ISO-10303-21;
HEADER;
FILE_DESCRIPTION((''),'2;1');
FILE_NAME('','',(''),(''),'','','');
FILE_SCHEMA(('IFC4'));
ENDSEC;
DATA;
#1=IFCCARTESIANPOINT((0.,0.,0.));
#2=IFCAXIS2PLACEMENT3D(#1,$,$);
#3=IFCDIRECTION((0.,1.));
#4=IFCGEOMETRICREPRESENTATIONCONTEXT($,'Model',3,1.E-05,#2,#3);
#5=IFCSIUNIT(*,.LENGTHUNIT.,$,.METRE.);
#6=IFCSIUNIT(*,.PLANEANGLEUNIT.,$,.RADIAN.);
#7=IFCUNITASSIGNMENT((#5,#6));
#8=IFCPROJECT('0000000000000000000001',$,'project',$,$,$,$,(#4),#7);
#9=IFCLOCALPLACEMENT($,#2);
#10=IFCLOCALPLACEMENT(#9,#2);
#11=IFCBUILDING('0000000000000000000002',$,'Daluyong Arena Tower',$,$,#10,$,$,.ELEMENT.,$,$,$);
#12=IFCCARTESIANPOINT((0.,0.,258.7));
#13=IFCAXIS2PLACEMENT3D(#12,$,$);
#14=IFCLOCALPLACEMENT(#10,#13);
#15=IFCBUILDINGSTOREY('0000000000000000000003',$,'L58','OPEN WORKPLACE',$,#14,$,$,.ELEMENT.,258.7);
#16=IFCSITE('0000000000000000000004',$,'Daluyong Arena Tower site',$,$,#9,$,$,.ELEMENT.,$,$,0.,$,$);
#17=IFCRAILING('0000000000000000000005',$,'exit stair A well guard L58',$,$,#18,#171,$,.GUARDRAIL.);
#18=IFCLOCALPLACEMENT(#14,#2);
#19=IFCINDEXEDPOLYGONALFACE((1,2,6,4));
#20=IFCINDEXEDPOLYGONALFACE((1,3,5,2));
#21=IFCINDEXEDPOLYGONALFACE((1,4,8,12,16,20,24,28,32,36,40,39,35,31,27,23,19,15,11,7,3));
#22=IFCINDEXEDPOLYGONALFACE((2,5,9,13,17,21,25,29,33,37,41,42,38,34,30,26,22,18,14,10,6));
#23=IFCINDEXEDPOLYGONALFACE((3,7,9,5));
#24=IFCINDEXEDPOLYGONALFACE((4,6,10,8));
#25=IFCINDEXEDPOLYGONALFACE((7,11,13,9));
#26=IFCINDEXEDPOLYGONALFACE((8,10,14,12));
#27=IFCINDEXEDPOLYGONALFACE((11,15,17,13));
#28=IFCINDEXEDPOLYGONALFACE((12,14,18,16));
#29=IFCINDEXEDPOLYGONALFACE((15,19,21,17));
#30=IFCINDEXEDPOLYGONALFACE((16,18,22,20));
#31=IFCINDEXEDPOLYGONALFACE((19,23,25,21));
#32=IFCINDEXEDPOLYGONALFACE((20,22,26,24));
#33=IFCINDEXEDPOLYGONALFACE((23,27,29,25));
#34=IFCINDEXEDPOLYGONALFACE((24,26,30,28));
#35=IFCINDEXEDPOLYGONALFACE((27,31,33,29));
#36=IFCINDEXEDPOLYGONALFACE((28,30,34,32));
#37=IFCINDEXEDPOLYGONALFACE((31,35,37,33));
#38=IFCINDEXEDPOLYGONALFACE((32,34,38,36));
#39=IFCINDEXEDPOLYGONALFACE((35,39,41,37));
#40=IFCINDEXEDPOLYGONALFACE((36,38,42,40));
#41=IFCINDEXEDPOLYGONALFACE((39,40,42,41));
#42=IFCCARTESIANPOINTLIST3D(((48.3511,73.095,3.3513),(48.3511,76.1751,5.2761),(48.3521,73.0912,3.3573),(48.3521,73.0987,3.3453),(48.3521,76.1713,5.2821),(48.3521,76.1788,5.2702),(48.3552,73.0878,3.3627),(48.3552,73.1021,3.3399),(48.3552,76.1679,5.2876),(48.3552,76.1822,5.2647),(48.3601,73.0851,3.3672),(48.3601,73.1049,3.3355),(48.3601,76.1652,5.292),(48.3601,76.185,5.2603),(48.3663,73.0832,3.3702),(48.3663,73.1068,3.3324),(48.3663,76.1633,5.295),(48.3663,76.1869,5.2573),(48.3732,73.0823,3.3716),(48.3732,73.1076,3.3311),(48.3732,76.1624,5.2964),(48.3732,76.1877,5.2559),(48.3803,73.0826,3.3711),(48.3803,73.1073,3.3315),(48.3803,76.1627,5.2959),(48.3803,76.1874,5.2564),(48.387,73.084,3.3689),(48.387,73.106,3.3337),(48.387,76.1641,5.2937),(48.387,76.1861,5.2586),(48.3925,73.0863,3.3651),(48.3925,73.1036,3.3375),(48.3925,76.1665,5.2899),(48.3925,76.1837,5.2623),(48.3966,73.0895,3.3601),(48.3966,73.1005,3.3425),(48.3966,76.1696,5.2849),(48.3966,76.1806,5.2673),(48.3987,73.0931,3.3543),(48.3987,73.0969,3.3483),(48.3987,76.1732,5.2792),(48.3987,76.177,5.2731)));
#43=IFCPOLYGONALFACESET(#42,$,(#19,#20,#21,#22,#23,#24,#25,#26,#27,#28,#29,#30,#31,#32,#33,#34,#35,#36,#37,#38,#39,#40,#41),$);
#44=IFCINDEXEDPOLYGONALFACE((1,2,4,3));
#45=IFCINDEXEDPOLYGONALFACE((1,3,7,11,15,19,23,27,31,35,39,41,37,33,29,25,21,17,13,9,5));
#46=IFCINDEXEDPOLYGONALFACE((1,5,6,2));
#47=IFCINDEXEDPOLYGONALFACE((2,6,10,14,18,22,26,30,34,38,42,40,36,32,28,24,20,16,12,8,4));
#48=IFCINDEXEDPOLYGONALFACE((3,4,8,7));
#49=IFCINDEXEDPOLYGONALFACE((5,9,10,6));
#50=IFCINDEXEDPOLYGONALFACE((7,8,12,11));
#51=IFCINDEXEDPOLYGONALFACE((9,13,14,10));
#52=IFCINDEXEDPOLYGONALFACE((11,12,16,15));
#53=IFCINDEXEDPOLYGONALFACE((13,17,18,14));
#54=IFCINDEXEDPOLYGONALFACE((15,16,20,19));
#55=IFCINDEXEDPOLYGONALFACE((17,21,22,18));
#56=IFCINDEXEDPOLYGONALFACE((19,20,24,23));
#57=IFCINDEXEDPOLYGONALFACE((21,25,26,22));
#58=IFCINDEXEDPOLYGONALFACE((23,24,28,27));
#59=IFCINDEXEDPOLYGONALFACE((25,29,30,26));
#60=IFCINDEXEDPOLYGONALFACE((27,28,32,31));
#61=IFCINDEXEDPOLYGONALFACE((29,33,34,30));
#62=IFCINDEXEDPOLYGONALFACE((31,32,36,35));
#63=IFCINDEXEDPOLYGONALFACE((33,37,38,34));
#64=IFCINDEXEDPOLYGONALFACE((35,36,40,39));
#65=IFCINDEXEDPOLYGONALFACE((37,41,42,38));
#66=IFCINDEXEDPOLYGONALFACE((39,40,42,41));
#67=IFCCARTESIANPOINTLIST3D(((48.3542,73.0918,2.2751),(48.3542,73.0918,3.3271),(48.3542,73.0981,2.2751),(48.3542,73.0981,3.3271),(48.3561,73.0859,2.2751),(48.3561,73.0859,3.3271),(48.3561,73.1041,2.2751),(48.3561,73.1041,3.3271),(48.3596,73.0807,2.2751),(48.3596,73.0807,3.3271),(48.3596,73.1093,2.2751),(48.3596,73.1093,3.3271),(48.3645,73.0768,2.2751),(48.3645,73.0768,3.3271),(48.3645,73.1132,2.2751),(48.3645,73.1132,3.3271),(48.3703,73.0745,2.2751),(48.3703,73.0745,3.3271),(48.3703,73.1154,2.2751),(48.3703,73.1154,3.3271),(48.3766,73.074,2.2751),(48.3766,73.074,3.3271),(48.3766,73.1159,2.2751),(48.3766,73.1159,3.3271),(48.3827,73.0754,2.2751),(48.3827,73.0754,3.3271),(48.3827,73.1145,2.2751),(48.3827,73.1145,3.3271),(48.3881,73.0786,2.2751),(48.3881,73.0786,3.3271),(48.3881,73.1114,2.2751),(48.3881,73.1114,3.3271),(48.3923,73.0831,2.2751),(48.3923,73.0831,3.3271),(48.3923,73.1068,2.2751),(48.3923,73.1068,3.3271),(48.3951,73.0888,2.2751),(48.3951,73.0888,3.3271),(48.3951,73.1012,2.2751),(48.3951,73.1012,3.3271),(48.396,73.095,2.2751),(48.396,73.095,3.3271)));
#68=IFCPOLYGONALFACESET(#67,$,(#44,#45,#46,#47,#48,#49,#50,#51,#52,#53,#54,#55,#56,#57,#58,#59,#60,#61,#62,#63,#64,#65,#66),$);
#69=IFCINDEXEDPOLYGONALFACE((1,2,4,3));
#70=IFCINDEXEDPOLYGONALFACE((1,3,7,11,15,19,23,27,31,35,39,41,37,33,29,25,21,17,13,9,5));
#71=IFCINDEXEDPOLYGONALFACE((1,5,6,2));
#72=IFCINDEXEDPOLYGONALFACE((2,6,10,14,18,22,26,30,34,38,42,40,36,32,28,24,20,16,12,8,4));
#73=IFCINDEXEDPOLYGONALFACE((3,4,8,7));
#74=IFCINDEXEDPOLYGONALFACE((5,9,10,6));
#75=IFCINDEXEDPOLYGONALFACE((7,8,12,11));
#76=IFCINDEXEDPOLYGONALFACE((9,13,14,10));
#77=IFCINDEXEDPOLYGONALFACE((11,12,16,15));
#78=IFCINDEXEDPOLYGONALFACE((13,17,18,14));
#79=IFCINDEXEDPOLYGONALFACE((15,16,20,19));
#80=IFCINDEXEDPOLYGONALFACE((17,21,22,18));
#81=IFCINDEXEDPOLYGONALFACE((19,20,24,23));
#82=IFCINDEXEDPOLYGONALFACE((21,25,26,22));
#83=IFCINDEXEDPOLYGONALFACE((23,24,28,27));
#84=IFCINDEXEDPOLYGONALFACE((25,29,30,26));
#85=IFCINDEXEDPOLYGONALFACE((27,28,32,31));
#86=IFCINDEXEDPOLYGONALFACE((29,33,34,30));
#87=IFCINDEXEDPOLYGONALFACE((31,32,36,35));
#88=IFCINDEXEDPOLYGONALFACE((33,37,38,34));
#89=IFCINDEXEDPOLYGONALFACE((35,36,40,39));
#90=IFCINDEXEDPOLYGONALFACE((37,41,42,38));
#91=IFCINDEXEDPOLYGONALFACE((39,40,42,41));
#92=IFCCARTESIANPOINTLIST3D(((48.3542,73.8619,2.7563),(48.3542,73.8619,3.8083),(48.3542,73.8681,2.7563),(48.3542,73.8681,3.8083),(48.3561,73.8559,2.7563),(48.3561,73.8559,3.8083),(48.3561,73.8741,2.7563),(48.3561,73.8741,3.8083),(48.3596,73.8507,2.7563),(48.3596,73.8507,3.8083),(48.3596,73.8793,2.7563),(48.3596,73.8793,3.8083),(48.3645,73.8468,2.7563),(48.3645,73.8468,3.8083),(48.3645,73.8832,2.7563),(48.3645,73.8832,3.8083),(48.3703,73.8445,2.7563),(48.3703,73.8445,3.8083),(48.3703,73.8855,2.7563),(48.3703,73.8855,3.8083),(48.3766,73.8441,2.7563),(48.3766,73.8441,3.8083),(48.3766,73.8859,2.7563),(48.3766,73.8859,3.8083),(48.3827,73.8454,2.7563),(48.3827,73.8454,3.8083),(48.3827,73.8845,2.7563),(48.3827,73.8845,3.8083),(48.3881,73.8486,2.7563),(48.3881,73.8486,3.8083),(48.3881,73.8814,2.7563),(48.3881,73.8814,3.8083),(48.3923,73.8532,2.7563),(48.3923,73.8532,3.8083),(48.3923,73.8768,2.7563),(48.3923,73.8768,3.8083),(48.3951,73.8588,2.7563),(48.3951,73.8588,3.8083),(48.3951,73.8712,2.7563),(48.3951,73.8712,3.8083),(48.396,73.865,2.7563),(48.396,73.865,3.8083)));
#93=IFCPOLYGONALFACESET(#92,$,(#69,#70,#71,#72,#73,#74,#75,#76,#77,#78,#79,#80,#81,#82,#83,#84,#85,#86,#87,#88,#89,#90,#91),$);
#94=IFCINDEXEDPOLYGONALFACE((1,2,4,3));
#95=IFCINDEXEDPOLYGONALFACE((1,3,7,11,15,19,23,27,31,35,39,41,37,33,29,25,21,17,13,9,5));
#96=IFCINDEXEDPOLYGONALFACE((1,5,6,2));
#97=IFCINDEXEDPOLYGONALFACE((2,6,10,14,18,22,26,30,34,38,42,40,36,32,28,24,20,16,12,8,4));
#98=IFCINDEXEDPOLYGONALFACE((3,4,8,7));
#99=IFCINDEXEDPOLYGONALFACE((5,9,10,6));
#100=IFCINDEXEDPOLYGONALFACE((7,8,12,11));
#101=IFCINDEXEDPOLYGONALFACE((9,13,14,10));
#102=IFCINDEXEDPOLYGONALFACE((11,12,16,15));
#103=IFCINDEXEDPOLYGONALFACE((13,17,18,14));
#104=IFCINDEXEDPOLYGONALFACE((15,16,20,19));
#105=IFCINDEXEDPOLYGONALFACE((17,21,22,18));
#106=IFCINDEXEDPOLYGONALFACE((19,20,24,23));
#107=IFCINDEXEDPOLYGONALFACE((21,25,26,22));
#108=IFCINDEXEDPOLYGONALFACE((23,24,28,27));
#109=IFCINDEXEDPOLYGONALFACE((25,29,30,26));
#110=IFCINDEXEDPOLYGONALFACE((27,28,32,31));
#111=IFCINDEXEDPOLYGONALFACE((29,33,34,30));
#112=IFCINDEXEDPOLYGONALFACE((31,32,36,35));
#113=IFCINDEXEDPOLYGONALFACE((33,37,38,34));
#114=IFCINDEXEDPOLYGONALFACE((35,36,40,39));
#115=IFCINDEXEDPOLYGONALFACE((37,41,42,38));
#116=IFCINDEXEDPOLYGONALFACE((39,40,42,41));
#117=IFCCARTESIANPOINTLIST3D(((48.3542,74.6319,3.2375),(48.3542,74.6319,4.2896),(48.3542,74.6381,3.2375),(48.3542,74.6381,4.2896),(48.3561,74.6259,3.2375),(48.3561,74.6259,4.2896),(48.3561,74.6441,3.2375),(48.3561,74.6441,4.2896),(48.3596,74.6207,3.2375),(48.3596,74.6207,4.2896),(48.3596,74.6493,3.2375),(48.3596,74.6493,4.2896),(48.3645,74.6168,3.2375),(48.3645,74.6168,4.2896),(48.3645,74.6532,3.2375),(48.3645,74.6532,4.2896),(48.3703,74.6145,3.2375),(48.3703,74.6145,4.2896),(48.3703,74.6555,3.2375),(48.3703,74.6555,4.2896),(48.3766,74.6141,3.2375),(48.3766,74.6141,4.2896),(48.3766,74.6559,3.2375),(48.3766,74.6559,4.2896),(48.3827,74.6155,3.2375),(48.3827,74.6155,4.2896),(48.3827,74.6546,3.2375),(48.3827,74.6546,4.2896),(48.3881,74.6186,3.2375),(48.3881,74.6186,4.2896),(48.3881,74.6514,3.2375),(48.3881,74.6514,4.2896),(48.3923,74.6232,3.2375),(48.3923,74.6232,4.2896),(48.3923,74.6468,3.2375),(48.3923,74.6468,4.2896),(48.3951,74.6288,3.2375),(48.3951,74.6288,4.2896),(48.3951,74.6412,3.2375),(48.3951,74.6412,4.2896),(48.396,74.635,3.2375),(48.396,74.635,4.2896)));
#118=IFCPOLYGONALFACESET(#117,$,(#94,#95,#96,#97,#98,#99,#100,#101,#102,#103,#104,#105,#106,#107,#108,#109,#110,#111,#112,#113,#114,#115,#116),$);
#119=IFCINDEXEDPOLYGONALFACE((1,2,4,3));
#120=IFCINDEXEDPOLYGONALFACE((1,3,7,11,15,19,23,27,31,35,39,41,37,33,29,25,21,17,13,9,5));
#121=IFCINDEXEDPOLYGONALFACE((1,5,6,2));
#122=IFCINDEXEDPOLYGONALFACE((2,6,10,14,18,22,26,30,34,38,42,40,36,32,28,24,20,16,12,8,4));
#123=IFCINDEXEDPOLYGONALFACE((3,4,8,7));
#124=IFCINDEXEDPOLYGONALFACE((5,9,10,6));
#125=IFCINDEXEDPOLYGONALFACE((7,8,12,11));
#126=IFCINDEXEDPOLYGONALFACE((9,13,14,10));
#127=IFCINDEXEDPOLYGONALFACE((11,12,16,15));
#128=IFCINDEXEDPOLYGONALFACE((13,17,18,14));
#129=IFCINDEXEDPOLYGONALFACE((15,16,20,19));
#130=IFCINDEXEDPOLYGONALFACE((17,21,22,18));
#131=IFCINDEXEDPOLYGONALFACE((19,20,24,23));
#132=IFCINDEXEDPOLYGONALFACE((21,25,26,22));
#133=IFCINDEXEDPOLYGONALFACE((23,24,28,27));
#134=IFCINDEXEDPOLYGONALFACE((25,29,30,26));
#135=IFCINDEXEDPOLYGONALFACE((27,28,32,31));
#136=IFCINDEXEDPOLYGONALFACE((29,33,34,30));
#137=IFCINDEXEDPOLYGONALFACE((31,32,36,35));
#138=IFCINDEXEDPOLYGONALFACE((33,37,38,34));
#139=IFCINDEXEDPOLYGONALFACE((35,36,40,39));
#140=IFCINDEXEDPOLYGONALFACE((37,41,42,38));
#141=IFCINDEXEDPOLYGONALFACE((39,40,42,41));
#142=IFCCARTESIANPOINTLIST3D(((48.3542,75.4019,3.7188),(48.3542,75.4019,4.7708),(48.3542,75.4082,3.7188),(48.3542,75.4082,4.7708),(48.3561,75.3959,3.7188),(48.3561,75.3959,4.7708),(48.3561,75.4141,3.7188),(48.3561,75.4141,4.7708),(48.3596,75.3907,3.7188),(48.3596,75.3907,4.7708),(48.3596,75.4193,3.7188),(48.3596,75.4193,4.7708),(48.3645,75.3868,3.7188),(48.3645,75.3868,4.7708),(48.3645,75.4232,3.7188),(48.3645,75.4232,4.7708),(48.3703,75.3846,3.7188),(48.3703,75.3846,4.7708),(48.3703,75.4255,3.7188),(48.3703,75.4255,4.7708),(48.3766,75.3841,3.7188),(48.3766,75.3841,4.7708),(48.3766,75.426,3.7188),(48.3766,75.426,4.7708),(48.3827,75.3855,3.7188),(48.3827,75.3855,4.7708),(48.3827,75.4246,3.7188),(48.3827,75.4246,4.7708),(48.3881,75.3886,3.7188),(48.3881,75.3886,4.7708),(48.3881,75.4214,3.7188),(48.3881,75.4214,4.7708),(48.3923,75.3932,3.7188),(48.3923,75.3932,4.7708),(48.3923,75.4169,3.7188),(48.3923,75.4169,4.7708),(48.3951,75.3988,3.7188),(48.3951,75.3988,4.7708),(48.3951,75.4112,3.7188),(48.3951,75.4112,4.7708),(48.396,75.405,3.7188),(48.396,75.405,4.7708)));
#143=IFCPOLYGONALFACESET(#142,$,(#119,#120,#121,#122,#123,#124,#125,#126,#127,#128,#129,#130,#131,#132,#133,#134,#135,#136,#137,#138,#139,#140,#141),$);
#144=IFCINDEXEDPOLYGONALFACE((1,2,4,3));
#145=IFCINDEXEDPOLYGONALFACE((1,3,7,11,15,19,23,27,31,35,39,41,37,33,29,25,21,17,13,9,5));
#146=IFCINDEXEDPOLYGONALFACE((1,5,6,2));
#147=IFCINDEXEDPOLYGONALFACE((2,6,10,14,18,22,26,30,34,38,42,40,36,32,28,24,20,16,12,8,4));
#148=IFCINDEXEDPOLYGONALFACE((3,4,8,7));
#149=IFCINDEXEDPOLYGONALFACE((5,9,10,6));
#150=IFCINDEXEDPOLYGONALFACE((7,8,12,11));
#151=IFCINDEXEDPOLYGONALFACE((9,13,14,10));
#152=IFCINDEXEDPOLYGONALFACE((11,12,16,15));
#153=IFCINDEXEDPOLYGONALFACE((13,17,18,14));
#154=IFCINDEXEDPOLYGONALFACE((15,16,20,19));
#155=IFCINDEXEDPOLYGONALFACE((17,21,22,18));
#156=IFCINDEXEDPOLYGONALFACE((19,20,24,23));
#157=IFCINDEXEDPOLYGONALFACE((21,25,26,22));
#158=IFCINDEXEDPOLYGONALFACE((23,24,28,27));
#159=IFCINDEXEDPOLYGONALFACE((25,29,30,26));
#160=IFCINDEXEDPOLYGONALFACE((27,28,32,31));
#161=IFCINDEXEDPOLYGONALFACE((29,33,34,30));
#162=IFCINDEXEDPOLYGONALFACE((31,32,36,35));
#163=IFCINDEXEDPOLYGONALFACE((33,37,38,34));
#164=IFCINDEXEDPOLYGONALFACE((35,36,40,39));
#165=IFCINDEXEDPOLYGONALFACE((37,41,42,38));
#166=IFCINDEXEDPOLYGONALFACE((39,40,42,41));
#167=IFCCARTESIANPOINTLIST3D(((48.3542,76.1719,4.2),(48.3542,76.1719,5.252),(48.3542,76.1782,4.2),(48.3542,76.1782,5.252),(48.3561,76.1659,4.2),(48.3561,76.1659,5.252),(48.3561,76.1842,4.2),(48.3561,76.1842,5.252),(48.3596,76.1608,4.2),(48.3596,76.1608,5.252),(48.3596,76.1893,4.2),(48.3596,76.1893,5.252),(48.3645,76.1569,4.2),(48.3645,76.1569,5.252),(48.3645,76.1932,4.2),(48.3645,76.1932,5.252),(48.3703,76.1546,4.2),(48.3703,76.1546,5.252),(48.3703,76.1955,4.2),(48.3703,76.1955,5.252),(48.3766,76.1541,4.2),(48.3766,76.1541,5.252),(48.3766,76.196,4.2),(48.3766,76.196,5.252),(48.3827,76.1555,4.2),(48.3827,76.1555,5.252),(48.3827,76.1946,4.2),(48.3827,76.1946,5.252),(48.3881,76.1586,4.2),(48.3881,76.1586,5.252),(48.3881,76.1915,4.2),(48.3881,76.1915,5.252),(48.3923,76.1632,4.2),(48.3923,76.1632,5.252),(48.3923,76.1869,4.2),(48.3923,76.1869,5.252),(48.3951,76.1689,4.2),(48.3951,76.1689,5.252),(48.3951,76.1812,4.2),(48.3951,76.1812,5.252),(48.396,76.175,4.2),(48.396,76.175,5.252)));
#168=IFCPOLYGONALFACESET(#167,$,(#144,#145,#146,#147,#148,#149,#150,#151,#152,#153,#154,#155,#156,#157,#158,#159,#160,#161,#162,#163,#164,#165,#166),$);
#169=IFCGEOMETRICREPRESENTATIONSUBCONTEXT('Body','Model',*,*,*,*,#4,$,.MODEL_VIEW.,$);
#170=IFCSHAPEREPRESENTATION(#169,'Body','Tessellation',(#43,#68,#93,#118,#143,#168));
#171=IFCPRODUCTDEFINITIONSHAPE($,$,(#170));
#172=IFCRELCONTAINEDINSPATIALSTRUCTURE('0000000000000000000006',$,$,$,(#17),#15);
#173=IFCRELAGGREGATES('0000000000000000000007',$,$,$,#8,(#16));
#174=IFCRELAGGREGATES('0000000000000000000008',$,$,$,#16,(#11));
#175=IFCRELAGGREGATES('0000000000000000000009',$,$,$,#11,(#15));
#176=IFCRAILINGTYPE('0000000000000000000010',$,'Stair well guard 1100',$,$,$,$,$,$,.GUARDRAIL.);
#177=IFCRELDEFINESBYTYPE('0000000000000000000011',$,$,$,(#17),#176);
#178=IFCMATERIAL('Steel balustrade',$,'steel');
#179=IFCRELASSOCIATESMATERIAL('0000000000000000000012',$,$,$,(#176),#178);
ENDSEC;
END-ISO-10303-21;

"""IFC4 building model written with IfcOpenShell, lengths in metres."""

from ifc_helpers import new_model, si_unit, direction, frame, origin, origin_2d, place, context, subcontext, project, spatial, circle, extrude, material, type_object, element, save


model = new_model("IFC4")

# Units and contexts
model_context = context("Model", 3, precision=1e-05, world=origin(), true_north=direction((0.0, 1.0)))
body_context = subcontext(model_context, "Body", "Model", "MODEL_VIEW")
ifc_project = project(units=[si_unit("LENGTHUNIT", "METRE"), si_unit("PLANEANGLEUNIT", "RADIAN")], contexts=[model_context])

# Site, building, storey
site_placement = place(None, origin())
site = spatial("IfcSite", under=ifc_project, at=site_placement, Name="Daluyong Arena Tower site", CompositionType="ELEMENT", RefElevation=0.0)
building_placement = place(site_placement, origin())
building = spatial("IfcBuilding", under=site, at=building_placement, Name="Daluyong Arena Tower", CompositionType="ELEMENT")
storey_placement = place(building_placement, frame((0.0, 0.0, 258.7)))
storey = spatial("IfcBuildingStorey", under=building, at=storey_placement, Name="L58", Description="OPEN WORKPLACE", CompositionType="ELEMENT", Elevation=258.7)

# Railing
ifc_material_1 = material(Name="Steel balustrade", Category="steel")
railing_type_1 = type_object("IfcRailingType", Name="Stair well guard 1100", PredefinedType="GUARDRAIL", material=ifc_material_1)
railing_1_placement = place(storey_placement, frame((48.375, 73.095, 2.2751)))
element("IfcRailing", 1, at=railing_1_placement, inside=storey, type_object=railing_type_1, Name="exit stair A well guard L58", PredefinedType="GUARDRAIL", context=body_context, shape_type="SweptSolid", body=[
    extrude(circle(Radius=0.0239, at=origin_2d()), frame((0.0, 0.0, 1.0762), z_axis=(0.0, 0.848029, 0.529951), x_axis=(-1.0, 0.0, 0.0)), (0.0, 0.0, 1.0), 3.6321),
    extrude(circle(Radius=0.021, at=origin_2d()), origin(), (0.0, 0.0, 1.0), 1.052),
    extrude(circle(Radius=0.021, at=origin_2d()), frame((0.0, 0.77, 0.4812)), (0.0, 0.0, 1.0), 1.052),
    extrude(circle(Radius=0.021, at=origin_2d()), frame((0.0, 1.54, 0.9624)), (0.0, 0.0, 1.0), 1.052),
    extrude(circle(Radius=0.021, at=origin_2d()), frame((0.0, 2.3101, 1.4436)), (0.0, 0.0, 1.0), 1.052),
    extrude(circle(Radius=0.021, at=origin_2d()), frame((0.0, 3.0801, 1.9248)), (0.0, 0.0, 1.0), 1.052),
])

save(model, "model.ifc")
